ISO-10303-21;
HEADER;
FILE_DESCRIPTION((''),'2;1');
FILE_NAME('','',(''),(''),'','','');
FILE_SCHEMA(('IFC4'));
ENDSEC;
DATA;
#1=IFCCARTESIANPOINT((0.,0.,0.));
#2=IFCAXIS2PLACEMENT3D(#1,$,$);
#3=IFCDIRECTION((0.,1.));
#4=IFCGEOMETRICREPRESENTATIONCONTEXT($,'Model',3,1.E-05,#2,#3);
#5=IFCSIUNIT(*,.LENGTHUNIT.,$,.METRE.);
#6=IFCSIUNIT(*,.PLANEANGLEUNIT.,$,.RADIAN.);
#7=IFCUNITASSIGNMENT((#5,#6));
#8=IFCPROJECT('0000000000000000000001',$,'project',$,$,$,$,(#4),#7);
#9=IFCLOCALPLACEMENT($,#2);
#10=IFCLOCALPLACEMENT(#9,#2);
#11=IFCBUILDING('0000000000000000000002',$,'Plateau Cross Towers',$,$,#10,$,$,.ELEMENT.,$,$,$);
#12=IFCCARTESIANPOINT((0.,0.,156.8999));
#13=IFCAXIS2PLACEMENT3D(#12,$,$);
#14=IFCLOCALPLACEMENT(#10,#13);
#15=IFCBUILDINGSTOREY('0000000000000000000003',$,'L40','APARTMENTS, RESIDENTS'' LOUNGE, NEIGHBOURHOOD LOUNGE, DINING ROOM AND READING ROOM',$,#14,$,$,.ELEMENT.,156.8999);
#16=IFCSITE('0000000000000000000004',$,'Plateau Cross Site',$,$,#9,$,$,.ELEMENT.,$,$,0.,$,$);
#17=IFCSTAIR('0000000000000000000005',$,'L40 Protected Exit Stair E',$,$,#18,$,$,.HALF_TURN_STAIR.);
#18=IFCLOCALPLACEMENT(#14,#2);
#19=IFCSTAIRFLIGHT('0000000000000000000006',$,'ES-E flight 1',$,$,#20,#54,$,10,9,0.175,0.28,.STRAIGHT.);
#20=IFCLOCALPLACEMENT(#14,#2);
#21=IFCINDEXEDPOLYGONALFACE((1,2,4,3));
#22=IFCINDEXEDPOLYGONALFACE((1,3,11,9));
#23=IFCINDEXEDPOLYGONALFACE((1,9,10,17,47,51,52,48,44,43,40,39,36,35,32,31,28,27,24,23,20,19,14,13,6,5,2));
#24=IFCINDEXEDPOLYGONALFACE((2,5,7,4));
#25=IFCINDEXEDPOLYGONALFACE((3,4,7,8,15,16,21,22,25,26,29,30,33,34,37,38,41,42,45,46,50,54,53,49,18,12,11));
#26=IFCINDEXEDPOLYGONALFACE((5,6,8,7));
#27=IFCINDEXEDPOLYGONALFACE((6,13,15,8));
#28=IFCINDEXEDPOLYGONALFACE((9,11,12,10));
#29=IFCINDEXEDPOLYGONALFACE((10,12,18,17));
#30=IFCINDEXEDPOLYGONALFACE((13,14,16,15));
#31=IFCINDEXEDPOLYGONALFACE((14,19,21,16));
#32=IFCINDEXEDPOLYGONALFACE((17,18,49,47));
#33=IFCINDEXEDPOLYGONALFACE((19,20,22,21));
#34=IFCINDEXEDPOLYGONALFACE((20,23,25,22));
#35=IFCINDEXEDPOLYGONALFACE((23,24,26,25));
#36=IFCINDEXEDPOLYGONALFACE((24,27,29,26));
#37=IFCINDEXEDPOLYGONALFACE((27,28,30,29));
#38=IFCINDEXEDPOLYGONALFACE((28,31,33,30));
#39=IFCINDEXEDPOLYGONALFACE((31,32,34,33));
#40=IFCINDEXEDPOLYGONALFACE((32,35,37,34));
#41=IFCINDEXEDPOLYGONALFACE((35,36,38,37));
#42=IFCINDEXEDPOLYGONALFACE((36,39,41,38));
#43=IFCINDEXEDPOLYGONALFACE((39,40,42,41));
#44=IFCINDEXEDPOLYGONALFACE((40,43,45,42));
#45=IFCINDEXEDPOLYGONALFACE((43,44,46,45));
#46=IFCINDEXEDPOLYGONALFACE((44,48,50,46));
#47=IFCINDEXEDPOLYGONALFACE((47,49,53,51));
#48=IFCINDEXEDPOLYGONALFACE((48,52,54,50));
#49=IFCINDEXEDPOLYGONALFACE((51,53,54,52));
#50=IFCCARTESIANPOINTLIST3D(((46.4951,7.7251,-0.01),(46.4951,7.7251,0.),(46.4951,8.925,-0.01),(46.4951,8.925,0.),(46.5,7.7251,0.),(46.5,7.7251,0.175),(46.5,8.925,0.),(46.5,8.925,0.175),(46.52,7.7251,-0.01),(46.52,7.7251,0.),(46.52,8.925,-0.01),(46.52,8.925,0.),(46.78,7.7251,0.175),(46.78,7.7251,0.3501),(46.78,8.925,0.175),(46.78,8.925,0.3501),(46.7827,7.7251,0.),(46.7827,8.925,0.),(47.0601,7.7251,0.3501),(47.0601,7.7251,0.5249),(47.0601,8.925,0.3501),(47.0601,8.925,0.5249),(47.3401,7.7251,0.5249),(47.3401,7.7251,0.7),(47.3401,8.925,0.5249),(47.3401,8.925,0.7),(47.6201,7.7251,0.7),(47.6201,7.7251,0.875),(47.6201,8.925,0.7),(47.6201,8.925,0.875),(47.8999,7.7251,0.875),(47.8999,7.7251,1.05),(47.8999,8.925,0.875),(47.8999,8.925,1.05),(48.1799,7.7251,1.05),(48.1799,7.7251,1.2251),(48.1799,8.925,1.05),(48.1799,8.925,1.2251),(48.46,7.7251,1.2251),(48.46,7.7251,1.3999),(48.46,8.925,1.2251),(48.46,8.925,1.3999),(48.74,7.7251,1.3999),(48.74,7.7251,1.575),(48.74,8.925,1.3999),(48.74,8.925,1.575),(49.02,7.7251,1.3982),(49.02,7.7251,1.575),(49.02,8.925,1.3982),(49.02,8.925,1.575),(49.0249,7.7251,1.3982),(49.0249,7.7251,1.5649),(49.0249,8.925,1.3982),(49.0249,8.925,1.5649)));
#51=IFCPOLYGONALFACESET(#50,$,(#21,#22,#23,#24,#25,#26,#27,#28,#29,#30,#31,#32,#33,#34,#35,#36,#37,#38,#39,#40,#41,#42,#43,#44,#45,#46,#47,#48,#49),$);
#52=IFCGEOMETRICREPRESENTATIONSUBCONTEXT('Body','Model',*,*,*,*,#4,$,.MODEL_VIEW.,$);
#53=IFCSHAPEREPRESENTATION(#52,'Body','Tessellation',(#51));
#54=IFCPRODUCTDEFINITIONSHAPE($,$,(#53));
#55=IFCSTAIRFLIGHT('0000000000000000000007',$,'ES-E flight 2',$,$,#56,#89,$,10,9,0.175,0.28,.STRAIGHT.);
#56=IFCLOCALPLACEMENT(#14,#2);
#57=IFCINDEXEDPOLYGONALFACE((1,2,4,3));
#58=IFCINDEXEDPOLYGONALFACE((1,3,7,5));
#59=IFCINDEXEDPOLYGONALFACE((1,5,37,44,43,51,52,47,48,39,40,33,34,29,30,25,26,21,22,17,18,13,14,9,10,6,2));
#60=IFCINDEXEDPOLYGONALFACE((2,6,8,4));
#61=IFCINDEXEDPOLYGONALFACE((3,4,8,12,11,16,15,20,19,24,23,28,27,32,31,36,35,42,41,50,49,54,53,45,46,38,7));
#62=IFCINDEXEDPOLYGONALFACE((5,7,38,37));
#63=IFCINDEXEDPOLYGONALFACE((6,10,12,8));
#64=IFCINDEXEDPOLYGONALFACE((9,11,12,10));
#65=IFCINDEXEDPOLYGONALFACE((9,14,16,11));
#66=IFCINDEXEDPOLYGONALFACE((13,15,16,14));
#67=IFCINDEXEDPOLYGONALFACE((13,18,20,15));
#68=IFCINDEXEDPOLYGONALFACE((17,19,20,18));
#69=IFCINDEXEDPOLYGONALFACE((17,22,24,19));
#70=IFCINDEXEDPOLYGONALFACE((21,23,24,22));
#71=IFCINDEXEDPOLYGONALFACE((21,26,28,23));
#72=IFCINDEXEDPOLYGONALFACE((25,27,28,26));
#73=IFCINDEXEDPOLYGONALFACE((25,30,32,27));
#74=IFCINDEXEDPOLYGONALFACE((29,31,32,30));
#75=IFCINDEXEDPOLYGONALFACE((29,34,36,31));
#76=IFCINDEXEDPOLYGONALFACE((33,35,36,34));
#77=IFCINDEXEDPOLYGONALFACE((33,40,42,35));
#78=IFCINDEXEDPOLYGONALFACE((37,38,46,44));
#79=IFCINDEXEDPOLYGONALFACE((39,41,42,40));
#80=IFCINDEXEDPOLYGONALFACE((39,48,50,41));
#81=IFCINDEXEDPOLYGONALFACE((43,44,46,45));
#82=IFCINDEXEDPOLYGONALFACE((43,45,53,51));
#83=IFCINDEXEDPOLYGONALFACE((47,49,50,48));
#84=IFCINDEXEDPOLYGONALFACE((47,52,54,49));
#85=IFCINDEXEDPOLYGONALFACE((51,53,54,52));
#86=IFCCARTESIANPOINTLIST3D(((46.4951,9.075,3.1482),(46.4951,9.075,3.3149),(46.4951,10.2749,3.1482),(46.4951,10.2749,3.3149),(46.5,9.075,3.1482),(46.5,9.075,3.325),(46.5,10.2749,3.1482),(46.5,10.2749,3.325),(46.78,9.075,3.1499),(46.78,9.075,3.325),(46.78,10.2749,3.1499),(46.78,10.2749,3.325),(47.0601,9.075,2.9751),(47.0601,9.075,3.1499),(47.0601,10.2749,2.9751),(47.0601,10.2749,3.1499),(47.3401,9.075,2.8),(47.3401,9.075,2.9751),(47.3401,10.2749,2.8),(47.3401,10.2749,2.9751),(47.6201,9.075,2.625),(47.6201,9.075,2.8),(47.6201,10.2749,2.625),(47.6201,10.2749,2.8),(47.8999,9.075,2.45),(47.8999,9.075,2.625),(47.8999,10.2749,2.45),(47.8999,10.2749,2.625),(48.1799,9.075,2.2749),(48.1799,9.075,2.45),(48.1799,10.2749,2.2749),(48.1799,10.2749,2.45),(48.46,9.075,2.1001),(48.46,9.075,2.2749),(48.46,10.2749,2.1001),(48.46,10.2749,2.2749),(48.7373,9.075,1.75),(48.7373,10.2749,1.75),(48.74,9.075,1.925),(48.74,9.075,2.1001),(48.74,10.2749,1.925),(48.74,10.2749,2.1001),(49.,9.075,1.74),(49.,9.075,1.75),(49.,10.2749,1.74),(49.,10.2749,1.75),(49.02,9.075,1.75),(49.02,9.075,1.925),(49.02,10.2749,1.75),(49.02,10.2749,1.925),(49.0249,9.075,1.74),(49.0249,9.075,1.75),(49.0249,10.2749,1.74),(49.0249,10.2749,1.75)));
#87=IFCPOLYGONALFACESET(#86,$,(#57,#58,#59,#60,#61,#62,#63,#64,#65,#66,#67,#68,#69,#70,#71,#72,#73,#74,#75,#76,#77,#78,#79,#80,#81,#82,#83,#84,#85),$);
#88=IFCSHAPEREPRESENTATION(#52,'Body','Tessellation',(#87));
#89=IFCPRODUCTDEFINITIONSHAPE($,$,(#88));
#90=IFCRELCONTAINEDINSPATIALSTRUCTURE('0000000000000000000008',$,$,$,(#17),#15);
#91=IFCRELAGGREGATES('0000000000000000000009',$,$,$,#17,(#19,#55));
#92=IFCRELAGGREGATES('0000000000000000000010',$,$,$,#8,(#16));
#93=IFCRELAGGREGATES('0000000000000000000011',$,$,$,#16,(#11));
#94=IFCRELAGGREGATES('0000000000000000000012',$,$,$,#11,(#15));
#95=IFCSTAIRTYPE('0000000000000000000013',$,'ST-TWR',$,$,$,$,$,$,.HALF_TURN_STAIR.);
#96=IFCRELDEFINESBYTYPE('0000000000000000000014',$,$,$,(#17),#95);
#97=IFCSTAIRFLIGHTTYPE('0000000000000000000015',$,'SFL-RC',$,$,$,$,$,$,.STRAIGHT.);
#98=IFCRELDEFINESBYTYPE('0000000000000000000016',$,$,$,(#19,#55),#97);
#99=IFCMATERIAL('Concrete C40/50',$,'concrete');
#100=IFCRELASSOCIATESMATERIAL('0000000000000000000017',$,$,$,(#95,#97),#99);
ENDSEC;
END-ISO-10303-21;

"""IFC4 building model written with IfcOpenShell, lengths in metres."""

from ifc_helpers import new_model, si_unit, direction, frame, origin, place, context, subcontext, project, spatial, polyline, outline, extrude, material, type_object, element, aggregate, save


model = new_model("IFC4")

# Units and contexts
model_context = context("Model", 3, precision=1e-05, world=origin(), true_north=direction((0.0, 1.0)))
body_context = subcontext(model_context, "Body", "Model", "MODEL_VIEW")
ifc_project = project(units=[si_unit("LENGTHUNIT", "METRE"), si_unit("PLANEANGLEUNIT", "RADIAN")], contexts=[model_context])

# Site, building, storey
site_placement = place(None, origin())
site = spatial("IfcSite", under=ifc_project, at=site_placement, Name="Plateau Cross Site", CompositionType="ELEMENT", RefElevation=0.0)
building_placement = place(site_placement, origin())
building = spatial("IfcBuilding", under=site, at=building_placement, Name="Plateau Cross Towers", CompositionType="ELEMENT")
storey_placement = place(building_placement, frame((0.0, 0.0, 156.8999)))
storey = spatial("IfcBuildingStorey", under=building, at=storey_placement, Name="L40", Description="APARTMENTS, RESIDENTS' LOUNGE, NEIGHBOURHOOD LOUNGE, DINING ROOM AND READING ROOM", CompositionType="ELEMENT", Elevation=156.8999)

# Stair, stair flights
ifc_material_1 = material(Name="Concrete C40/50", Category="concrete")
stair_type = type_object("IfcStairType", Name="ST-TWR", PredefinedType="HALF_TURN_STAIR", material=ifc_material_1)
stair_placement = place(storey_placement, origin())
stair = element("IfcStair", 1, at=stair_placement, inside=storey, type_object=stair_type, Name="L40 Protected Exit Stair E", PredefinedType="HALF_TURN_STAIR")
stair_flight_type = type_object("IfcStairFlightType", Name="SFL-RC", PredefinedType="STRAIGHT", material=ifc_material_1)
stair_flight_1_placement = place(storey_placement, frame((46.5, 8.325, 0.0), z_axis=(0.0, 0.0, 1.0), x_axis=(1.0, 0.0, 0.0)))
stair_flight_1 = element("IfcStairFlight", 2, at=stair_flight_1_placement, type_object=stair_flight_type, Name="ES-E flight 1", NumberOfRisers=10, NumberOfTreads=9, PredefinedType="STRAIGHT", RiserHeight=0.175, TreadLength=0.28, context=body_context, shape_type="SweptSolid", body=[
    extrude(outline(polyline([(-0.0049, -0.01), (-0.0049, 0.0), (0.0, 0.0), (0.0, 0.175), (0.28, 0.175), (0.28, 0.3501), (0.5601, 0.3501), (0.5601, 0.5249), (0.8401, 0.5249), (0.8401, 0.7), (1.1201, 0.7), (1.1201, 0.875), (1.3999, 0.875), (1.3999, 1.05), (1.6799, 1.05), (1.6799, 1.2251), (1.96, 1.2251), (1.96, 1.3999), (2.24, 1.3999), (2.24, 1.575), (2.52, 1.575), (2.5249, 1.5649), (2.5249, 1.3982), (2.52, 1.3982), (0.2827, 0.0), (0.02, 0.0), (0.02, -0.01), (-0.0049, -0.01)])), frame((0.0, 0.6001, 0.0), z_axis=(0.0, -1.0, 0.0), x_axis=(1.0, 0.0, 0.0)), (0.0, 0.0, 1.0), 1.2),
])
stair_flight_2_placement = place(storey_placement, frame((49.02, 9.675, 1.75), z_axis=(0.0, 0.0, 1.0), x_axis=(-1.0, 0.0, 0.0)))
stair_flight_2 = element("IfcStairFlight", 3, at=stair_flight_2_placement, type_object=stair_flight_type, Name="ES-E flight 2", NumberOfRisers=10, NumberOfTreads=9, PredefinedType="STRAIGHT", RiserHeight=0.175, TreadLength=0.28, context=body_context, shape_type="SweptSolid", body=[
    extrude(outline(polyline([(-0.0049, -0.01), (-0.0049, 0.0), (0.0, 0.0), (0.0, 0.175), (0.28, 0.175), (0.28, 0.3501), (0.5601, 0.3501), (0.5601, 0.5249), (0.8401, 0.5249), (0.8401, 0.7), (1.1201, 0.7), (1.1201, 0.875), (1.3999, 0.875), (1.3999, 1.05), (1.6799, 1.05), (1.6799, 1.2251), (1.96, 1.2251), (1.96, 1.3999), (2.24, 1.3999), (2.24, 1.575), (2.52, 1.575), (2.5249, 1.5649), (2.5249, 1.3982), (2.52, 1.3982), (0.2827, 0.0), (0.02, 0.0), (0.02, -0.01), (-0.0049, -0.01)])), frame((0.0, 0.6001, 0.0), z_axis=(0.0, -1.0, 0.0), x_axis=(1.0, 0.0, 0.0)), (0.0, 0.0, 1.0), 1.2),
])
aggregate(stair, [stair_flight_1, stair_flight_2])

save(model, "model.ifc")
